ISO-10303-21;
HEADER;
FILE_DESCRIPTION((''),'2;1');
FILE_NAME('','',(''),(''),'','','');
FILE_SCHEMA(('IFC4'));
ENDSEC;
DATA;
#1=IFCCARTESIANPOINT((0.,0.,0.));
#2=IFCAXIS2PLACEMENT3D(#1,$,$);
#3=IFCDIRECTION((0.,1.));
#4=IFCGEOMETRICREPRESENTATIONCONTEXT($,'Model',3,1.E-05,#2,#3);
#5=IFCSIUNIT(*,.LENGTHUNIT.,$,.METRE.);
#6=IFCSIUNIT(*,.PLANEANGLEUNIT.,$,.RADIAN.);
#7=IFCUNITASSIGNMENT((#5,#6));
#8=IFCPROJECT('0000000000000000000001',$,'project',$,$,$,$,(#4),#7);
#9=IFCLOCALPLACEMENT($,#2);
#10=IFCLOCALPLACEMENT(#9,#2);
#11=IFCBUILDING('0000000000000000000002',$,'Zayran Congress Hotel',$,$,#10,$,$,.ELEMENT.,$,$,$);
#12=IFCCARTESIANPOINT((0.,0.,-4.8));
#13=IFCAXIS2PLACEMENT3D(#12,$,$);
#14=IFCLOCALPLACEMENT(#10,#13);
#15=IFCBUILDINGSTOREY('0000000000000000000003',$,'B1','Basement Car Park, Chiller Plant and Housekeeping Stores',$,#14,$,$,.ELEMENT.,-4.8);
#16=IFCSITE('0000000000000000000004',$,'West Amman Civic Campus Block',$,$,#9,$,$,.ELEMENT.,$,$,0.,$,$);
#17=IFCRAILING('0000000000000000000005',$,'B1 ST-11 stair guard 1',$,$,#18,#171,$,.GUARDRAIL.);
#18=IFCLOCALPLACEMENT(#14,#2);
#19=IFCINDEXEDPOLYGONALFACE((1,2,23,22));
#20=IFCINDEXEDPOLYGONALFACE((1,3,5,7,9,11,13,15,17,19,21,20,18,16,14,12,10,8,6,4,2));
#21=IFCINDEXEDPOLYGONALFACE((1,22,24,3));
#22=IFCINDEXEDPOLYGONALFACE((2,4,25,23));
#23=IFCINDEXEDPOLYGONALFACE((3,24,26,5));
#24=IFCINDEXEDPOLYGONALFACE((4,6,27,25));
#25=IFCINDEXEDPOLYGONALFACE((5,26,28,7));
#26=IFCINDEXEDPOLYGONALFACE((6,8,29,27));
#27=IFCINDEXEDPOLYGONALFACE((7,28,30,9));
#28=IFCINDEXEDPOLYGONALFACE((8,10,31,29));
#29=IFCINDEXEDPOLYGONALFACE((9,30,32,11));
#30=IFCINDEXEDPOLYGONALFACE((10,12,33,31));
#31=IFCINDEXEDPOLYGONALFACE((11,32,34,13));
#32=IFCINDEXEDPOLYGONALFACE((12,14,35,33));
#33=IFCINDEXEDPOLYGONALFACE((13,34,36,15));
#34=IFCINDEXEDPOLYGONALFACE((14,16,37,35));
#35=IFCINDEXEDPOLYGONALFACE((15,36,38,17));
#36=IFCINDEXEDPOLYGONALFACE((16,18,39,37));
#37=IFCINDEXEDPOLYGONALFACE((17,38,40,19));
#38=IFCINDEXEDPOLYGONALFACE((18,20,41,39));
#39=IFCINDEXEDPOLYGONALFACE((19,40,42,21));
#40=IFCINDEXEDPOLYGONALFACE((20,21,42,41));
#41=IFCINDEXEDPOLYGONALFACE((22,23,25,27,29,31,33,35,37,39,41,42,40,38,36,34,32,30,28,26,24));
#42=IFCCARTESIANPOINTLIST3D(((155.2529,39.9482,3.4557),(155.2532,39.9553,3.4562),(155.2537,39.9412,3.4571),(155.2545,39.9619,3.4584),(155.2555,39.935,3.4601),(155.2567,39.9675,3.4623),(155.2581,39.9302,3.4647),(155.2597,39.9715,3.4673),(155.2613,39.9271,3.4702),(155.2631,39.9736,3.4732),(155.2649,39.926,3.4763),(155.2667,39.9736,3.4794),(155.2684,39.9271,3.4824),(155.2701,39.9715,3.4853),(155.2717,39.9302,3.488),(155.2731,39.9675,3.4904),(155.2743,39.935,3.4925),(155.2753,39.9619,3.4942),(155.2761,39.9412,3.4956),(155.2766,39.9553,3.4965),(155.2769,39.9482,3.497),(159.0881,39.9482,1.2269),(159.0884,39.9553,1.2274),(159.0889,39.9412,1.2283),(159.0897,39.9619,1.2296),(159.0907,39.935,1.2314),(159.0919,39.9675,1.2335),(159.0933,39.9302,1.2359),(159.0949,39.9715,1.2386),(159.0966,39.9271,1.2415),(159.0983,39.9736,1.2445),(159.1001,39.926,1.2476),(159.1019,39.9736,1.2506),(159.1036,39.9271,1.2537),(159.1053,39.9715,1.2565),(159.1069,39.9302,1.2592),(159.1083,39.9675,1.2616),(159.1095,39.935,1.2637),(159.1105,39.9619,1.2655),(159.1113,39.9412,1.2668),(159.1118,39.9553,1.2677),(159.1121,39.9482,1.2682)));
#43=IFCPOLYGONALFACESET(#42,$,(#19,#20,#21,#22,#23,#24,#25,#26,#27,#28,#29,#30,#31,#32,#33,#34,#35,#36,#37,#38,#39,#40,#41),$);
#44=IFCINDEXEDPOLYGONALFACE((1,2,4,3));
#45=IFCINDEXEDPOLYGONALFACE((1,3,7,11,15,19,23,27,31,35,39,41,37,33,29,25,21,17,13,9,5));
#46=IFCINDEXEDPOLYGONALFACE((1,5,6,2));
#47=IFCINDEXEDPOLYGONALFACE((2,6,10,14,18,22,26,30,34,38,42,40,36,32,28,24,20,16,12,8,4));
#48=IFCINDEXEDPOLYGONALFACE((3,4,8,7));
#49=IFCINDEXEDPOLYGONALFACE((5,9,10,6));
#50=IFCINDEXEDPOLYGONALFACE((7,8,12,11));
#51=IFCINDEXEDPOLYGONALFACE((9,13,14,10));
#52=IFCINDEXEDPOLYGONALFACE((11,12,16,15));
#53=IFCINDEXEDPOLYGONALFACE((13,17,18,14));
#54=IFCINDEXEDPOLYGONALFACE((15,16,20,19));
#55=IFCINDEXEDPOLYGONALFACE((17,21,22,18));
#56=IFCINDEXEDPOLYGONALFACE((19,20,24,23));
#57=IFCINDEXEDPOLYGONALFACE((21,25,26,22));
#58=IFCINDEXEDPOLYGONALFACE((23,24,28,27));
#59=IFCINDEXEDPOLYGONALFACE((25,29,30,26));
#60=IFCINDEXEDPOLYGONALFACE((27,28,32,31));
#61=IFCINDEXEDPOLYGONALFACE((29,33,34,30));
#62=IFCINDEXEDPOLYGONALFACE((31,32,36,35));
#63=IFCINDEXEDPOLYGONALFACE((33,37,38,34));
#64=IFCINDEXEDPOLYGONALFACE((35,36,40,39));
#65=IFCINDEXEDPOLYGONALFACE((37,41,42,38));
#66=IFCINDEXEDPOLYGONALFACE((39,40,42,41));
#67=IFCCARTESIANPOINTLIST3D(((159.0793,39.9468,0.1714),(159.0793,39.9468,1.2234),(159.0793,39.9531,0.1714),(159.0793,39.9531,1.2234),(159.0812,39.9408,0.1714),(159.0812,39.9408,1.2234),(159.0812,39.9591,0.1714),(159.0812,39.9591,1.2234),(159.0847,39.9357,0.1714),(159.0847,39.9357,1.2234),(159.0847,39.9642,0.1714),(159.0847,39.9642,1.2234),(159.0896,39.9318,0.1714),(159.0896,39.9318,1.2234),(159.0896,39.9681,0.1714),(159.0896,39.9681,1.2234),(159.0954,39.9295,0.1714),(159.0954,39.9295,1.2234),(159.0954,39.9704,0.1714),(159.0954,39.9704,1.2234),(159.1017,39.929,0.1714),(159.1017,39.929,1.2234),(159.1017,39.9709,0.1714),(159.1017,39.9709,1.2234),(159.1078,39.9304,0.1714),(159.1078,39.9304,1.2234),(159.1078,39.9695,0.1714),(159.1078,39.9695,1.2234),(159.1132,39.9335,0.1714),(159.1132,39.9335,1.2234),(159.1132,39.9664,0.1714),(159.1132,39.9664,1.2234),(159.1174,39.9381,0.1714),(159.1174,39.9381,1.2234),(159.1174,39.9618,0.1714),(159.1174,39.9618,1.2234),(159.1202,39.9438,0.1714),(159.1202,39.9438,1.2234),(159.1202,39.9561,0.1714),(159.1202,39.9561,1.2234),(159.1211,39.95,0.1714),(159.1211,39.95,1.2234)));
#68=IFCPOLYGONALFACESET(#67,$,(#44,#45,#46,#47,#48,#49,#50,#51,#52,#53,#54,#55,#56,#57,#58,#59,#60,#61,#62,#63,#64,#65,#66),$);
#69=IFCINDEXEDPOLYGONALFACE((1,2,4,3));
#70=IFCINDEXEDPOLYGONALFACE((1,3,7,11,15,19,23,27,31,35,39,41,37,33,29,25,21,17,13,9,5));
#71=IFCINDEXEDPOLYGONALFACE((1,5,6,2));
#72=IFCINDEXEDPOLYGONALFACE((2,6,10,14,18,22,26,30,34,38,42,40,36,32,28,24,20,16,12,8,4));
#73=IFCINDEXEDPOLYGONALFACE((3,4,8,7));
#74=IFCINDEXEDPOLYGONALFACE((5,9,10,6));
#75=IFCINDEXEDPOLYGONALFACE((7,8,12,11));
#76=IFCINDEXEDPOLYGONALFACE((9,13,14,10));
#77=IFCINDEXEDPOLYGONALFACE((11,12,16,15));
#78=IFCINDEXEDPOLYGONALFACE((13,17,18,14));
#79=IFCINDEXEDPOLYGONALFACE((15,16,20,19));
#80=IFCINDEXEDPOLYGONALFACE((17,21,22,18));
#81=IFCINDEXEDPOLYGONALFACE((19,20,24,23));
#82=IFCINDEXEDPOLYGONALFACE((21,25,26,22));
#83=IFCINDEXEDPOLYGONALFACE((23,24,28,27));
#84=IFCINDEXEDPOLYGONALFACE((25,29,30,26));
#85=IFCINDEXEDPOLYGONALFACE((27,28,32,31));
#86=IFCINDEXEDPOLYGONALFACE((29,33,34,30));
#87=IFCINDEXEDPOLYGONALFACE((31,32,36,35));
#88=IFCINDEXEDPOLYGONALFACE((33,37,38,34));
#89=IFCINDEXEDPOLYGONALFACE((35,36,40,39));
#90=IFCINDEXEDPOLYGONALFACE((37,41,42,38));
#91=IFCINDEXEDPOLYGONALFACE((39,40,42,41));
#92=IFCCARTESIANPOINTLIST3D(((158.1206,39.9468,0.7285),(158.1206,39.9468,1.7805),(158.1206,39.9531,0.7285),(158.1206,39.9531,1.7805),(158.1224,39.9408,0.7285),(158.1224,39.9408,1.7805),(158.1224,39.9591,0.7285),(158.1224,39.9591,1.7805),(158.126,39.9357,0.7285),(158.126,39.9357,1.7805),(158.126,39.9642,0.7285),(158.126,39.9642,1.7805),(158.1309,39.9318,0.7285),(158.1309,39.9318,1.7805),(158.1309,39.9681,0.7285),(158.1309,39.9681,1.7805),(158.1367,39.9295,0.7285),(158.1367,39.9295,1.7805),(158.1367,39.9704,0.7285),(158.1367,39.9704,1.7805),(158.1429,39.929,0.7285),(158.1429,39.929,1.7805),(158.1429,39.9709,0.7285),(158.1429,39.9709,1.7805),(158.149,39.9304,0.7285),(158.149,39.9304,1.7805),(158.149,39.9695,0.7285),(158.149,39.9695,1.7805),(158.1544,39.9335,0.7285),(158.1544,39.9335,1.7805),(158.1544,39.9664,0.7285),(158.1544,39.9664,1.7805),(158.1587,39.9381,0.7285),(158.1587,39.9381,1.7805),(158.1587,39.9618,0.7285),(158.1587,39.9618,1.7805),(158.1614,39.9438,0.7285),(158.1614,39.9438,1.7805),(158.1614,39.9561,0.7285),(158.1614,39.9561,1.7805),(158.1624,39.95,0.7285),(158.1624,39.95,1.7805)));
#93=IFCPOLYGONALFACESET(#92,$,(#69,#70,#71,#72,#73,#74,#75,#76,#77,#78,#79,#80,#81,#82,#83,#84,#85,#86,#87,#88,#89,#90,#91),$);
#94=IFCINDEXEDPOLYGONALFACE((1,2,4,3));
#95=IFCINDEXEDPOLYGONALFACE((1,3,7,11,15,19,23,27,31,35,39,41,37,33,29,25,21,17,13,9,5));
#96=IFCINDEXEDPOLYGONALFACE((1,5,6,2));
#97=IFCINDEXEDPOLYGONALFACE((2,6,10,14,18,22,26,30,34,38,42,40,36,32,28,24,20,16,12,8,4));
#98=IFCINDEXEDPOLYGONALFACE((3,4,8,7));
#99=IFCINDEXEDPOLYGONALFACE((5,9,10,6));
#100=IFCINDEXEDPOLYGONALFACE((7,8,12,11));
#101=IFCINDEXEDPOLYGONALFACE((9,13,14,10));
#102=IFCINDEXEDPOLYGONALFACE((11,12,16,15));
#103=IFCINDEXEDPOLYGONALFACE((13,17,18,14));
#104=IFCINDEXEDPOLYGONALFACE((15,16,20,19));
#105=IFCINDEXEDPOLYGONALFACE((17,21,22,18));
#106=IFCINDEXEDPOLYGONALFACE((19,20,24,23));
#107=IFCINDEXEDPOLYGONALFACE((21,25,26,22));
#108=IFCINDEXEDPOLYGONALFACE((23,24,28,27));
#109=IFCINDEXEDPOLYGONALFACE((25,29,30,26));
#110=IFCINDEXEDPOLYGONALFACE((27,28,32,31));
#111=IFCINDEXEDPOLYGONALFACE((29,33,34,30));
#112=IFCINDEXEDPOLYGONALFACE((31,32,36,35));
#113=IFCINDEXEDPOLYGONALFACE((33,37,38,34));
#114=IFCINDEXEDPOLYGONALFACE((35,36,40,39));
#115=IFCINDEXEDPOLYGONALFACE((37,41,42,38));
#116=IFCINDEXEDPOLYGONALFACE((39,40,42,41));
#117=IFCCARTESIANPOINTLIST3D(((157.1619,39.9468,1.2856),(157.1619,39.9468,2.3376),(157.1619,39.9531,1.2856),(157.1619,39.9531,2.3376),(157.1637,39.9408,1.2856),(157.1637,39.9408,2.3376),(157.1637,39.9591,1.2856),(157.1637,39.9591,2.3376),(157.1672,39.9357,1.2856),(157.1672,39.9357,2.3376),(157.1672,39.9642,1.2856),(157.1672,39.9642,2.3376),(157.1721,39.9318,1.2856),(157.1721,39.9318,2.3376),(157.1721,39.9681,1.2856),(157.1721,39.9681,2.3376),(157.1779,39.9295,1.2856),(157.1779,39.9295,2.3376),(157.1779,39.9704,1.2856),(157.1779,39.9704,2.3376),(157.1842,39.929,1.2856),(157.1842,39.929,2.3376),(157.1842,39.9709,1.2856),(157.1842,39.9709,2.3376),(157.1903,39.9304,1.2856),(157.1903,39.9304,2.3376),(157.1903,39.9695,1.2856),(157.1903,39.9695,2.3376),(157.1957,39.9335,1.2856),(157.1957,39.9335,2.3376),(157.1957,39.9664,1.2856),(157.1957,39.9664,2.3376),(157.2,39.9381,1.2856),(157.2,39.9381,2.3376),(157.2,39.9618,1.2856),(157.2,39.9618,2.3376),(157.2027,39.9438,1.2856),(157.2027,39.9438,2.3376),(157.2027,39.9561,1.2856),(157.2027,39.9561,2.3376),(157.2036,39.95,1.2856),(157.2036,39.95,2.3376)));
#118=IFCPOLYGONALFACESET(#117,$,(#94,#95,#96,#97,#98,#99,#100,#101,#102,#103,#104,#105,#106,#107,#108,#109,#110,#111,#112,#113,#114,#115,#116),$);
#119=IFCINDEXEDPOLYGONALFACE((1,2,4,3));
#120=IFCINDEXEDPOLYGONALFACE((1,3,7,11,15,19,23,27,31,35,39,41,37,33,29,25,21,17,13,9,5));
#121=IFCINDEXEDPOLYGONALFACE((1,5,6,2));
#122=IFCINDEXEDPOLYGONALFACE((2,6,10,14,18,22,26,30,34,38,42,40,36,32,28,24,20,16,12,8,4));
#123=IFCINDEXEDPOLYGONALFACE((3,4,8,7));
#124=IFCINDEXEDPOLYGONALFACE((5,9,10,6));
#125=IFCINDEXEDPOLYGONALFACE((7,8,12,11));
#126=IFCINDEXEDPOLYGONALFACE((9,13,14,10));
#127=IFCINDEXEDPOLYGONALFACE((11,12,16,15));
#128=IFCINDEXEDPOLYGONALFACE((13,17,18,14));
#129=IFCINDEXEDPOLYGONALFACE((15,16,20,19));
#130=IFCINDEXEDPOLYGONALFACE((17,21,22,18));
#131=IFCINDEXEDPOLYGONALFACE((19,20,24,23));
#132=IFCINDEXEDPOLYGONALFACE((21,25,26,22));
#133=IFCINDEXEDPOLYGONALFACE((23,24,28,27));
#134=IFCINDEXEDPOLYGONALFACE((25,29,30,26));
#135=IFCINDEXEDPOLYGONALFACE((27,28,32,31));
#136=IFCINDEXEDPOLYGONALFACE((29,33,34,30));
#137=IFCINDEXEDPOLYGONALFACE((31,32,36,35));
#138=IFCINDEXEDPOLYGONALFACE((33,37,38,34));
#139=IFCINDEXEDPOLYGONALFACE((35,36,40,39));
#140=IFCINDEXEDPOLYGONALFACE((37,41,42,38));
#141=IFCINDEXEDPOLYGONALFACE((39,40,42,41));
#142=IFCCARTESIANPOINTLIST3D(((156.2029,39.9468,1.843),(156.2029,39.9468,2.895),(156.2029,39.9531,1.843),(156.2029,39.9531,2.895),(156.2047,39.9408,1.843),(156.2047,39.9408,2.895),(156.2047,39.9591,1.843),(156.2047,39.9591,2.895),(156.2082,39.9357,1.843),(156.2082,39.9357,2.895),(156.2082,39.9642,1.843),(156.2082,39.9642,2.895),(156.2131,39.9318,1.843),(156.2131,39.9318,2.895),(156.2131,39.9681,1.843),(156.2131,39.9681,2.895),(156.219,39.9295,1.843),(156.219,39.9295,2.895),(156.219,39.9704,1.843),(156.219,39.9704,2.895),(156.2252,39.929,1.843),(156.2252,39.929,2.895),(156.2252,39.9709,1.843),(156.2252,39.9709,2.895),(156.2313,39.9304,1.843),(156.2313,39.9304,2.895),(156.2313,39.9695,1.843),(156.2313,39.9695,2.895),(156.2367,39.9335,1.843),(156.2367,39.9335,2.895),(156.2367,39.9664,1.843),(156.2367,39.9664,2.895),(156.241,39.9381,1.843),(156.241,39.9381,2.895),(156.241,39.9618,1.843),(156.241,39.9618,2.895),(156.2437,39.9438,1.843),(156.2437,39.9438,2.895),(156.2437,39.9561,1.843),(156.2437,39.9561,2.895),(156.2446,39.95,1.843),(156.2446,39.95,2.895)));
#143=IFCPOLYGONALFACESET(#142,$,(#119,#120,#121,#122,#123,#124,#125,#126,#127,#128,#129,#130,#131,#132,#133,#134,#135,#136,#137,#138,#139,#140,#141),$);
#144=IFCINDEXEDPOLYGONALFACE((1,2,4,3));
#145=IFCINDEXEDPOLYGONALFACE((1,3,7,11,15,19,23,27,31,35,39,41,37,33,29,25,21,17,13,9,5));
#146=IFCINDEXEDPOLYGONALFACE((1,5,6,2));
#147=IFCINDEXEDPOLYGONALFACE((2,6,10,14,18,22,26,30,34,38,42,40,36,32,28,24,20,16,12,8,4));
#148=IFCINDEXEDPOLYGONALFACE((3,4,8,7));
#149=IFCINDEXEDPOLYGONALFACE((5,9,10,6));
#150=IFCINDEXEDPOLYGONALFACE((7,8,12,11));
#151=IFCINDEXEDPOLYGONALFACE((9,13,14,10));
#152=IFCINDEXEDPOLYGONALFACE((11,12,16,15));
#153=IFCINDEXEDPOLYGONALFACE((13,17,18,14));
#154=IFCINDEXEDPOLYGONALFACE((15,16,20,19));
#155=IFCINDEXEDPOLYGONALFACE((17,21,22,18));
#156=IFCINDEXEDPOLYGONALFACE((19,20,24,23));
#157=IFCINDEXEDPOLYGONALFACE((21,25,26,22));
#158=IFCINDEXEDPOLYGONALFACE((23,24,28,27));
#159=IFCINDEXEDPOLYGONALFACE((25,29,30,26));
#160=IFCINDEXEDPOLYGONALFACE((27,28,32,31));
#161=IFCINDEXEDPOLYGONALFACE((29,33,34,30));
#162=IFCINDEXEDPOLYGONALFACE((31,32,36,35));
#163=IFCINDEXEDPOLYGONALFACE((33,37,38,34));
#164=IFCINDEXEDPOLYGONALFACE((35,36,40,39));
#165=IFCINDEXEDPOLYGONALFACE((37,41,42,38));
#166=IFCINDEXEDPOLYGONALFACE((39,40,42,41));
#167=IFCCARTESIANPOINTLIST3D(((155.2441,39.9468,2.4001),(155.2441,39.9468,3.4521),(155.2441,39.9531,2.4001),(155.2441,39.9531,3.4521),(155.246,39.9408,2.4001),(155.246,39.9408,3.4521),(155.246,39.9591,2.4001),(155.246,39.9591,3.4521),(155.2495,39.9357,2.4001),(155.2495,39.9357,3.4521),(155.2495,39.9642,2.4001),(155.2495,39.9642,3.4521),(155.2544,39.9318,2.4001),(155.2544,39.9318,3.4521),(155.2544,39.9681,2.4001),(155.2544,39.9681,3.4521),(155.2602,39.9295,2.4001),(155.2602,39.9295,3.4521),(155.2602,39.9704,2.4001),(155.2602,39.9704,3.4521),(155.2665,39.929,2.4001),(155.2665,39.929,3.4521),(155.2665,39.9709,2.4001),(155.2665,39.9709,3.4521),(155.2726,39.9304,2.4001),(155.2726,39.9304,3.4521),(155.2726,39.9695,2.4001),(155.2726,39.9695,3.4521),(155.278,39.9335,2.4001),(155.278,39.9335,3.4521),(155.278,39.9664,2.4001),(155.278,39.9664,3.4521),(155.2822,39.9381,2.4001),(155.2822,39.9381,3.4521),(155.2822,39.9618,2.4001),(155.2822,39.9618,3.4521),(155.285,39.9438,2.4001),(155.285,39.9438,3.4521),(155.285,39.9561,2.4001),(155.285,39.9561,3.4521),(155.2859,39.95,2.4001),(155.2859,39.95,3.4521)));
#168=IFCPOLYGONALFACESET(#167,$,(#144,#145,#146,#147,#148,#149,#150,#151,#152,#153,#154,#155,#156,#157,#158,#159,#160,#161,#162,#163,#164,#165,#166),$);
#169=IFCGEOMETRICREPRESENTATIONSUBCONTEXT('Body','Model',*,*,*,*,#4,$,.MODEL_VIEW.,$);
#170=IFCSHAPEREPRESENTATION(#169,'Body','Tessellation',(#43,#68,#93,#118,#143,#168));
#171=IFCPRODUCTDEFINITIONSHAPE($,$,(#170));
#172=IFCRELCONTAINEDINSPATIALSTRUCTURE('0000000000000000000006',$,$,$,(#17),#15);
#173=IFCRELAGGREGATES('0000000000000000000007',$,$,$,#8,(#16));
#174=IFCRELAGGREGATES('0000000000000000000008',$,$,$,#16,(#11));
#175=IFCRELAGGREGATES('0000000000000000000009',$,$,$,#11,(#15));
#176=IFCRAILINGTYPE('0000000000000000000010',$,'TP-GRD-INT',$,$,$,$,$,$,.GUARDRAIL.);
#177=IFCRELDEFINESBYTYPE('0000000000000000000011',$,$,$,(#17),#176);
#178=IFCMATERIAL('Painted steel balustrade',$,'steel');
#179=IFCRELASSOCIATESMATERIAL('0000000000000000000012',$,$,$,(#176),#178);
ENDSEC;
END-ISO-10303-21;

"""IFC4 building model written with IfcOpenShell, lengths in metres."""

from ifc_helpers import new_model, si_unit, direction, frame, origin, origin_2d, place, context, subcontext, project, spatial, circle, extrude, material, type_object, element, save


model = new_model("IFC4")

# Units and contexts
model_context = context("Model", 3, precision=1e-05, world=origin(), true_north=direction((0.0, 1.0)))
body_context = subcontext(model_context, "Body", "Model", "MODEL_VIEW")
ifc_project = project(units=[si_unit("LENGTHUNIT", "METRE"), si_unit("PLANEANGLEUNIT", "RADIAN")], contexts=[model_context])

# Site, building, storey
site_placement = place(None, origin())
site = spatial("IfcSite", under=ifc_project, at=site_placement, Name="West Amman Civic Campus Block", CompositionType="ELEMENT", RefElevation=0.0)
building_placement = place(site_placement, origin())
building = spatial("IfcBuilding", under=site, at=building_placement, Name="Zayran Congress Hotel", CompositionType="ELEMENT")
storey_placement = place(building_placement, frame((0.0, 0.0, -4.8)))
storey = spatial("IfcBuildingStorey", under=building, at=storey_placement, Name="B1", Description="Basement Car Park, Chiller Plant and Housekeeping Stores", CompositionType="ELEMENT", Elevation=-4.8)

# Railing
ifc_material_1 = material(Name="Painted steel balustrade", Category="steel")
railing_type_1 = type_object("IfcRailingType", Name="TP-GRD-INT", PredefinedType="GUARDRAIL", material=ifc_material_1)
railing_1_placement = place(storey_placement, frame((159.1001, 39.95, 0.1714)))
element("IfcRailing", 1, at=railing_1_placement, inside=storey, type_object=railing_type_1, Name="B1 ST-11 stair guard 1", PredefinedType="GUARDRAIL", context=body_context, shape_type="SweptSolid", body=[
    extrude(circle(Radius=0.0239, at=origin_2d()), frame((0.0, 0.0, 1.0762), z_axis=(-0.864606, 0.0, 0.50245), x_axis=(0.0, -1.0, 0.0)), (0.0, 0.0, 1.0), 4.4358),
    extrude(circle(Radius=0.021, at=origin_2d()), origin(), (0.0, 0.0, 1.0), 1.052),
    extrude(circle(Radius=0.021, at=origin_2d()), frame((-0.9587, 0.0, 0.5571)), (0.0, 0.0, 1.0), 1.052),
    extrude(circle(Radius=0.021, at=origin_2d()), frame((-1.9175, 0.0, 1.1143)), (0.0, 0.0, 1.0), 1.052),
    extrude(circle(Radius=0.021, at=origin_2d()), frame((-2.8765, 0.0, 1.6716)), (0.0, 0.0, 1.0), 1.052),
    extrude(circle(Radius=0.021, at=origin_2d()), frame((-3.8352, 0.0, 2.2288)), (0.0, 0.0, 1.0), 1.052),
])

save(model, "model.ifc")
